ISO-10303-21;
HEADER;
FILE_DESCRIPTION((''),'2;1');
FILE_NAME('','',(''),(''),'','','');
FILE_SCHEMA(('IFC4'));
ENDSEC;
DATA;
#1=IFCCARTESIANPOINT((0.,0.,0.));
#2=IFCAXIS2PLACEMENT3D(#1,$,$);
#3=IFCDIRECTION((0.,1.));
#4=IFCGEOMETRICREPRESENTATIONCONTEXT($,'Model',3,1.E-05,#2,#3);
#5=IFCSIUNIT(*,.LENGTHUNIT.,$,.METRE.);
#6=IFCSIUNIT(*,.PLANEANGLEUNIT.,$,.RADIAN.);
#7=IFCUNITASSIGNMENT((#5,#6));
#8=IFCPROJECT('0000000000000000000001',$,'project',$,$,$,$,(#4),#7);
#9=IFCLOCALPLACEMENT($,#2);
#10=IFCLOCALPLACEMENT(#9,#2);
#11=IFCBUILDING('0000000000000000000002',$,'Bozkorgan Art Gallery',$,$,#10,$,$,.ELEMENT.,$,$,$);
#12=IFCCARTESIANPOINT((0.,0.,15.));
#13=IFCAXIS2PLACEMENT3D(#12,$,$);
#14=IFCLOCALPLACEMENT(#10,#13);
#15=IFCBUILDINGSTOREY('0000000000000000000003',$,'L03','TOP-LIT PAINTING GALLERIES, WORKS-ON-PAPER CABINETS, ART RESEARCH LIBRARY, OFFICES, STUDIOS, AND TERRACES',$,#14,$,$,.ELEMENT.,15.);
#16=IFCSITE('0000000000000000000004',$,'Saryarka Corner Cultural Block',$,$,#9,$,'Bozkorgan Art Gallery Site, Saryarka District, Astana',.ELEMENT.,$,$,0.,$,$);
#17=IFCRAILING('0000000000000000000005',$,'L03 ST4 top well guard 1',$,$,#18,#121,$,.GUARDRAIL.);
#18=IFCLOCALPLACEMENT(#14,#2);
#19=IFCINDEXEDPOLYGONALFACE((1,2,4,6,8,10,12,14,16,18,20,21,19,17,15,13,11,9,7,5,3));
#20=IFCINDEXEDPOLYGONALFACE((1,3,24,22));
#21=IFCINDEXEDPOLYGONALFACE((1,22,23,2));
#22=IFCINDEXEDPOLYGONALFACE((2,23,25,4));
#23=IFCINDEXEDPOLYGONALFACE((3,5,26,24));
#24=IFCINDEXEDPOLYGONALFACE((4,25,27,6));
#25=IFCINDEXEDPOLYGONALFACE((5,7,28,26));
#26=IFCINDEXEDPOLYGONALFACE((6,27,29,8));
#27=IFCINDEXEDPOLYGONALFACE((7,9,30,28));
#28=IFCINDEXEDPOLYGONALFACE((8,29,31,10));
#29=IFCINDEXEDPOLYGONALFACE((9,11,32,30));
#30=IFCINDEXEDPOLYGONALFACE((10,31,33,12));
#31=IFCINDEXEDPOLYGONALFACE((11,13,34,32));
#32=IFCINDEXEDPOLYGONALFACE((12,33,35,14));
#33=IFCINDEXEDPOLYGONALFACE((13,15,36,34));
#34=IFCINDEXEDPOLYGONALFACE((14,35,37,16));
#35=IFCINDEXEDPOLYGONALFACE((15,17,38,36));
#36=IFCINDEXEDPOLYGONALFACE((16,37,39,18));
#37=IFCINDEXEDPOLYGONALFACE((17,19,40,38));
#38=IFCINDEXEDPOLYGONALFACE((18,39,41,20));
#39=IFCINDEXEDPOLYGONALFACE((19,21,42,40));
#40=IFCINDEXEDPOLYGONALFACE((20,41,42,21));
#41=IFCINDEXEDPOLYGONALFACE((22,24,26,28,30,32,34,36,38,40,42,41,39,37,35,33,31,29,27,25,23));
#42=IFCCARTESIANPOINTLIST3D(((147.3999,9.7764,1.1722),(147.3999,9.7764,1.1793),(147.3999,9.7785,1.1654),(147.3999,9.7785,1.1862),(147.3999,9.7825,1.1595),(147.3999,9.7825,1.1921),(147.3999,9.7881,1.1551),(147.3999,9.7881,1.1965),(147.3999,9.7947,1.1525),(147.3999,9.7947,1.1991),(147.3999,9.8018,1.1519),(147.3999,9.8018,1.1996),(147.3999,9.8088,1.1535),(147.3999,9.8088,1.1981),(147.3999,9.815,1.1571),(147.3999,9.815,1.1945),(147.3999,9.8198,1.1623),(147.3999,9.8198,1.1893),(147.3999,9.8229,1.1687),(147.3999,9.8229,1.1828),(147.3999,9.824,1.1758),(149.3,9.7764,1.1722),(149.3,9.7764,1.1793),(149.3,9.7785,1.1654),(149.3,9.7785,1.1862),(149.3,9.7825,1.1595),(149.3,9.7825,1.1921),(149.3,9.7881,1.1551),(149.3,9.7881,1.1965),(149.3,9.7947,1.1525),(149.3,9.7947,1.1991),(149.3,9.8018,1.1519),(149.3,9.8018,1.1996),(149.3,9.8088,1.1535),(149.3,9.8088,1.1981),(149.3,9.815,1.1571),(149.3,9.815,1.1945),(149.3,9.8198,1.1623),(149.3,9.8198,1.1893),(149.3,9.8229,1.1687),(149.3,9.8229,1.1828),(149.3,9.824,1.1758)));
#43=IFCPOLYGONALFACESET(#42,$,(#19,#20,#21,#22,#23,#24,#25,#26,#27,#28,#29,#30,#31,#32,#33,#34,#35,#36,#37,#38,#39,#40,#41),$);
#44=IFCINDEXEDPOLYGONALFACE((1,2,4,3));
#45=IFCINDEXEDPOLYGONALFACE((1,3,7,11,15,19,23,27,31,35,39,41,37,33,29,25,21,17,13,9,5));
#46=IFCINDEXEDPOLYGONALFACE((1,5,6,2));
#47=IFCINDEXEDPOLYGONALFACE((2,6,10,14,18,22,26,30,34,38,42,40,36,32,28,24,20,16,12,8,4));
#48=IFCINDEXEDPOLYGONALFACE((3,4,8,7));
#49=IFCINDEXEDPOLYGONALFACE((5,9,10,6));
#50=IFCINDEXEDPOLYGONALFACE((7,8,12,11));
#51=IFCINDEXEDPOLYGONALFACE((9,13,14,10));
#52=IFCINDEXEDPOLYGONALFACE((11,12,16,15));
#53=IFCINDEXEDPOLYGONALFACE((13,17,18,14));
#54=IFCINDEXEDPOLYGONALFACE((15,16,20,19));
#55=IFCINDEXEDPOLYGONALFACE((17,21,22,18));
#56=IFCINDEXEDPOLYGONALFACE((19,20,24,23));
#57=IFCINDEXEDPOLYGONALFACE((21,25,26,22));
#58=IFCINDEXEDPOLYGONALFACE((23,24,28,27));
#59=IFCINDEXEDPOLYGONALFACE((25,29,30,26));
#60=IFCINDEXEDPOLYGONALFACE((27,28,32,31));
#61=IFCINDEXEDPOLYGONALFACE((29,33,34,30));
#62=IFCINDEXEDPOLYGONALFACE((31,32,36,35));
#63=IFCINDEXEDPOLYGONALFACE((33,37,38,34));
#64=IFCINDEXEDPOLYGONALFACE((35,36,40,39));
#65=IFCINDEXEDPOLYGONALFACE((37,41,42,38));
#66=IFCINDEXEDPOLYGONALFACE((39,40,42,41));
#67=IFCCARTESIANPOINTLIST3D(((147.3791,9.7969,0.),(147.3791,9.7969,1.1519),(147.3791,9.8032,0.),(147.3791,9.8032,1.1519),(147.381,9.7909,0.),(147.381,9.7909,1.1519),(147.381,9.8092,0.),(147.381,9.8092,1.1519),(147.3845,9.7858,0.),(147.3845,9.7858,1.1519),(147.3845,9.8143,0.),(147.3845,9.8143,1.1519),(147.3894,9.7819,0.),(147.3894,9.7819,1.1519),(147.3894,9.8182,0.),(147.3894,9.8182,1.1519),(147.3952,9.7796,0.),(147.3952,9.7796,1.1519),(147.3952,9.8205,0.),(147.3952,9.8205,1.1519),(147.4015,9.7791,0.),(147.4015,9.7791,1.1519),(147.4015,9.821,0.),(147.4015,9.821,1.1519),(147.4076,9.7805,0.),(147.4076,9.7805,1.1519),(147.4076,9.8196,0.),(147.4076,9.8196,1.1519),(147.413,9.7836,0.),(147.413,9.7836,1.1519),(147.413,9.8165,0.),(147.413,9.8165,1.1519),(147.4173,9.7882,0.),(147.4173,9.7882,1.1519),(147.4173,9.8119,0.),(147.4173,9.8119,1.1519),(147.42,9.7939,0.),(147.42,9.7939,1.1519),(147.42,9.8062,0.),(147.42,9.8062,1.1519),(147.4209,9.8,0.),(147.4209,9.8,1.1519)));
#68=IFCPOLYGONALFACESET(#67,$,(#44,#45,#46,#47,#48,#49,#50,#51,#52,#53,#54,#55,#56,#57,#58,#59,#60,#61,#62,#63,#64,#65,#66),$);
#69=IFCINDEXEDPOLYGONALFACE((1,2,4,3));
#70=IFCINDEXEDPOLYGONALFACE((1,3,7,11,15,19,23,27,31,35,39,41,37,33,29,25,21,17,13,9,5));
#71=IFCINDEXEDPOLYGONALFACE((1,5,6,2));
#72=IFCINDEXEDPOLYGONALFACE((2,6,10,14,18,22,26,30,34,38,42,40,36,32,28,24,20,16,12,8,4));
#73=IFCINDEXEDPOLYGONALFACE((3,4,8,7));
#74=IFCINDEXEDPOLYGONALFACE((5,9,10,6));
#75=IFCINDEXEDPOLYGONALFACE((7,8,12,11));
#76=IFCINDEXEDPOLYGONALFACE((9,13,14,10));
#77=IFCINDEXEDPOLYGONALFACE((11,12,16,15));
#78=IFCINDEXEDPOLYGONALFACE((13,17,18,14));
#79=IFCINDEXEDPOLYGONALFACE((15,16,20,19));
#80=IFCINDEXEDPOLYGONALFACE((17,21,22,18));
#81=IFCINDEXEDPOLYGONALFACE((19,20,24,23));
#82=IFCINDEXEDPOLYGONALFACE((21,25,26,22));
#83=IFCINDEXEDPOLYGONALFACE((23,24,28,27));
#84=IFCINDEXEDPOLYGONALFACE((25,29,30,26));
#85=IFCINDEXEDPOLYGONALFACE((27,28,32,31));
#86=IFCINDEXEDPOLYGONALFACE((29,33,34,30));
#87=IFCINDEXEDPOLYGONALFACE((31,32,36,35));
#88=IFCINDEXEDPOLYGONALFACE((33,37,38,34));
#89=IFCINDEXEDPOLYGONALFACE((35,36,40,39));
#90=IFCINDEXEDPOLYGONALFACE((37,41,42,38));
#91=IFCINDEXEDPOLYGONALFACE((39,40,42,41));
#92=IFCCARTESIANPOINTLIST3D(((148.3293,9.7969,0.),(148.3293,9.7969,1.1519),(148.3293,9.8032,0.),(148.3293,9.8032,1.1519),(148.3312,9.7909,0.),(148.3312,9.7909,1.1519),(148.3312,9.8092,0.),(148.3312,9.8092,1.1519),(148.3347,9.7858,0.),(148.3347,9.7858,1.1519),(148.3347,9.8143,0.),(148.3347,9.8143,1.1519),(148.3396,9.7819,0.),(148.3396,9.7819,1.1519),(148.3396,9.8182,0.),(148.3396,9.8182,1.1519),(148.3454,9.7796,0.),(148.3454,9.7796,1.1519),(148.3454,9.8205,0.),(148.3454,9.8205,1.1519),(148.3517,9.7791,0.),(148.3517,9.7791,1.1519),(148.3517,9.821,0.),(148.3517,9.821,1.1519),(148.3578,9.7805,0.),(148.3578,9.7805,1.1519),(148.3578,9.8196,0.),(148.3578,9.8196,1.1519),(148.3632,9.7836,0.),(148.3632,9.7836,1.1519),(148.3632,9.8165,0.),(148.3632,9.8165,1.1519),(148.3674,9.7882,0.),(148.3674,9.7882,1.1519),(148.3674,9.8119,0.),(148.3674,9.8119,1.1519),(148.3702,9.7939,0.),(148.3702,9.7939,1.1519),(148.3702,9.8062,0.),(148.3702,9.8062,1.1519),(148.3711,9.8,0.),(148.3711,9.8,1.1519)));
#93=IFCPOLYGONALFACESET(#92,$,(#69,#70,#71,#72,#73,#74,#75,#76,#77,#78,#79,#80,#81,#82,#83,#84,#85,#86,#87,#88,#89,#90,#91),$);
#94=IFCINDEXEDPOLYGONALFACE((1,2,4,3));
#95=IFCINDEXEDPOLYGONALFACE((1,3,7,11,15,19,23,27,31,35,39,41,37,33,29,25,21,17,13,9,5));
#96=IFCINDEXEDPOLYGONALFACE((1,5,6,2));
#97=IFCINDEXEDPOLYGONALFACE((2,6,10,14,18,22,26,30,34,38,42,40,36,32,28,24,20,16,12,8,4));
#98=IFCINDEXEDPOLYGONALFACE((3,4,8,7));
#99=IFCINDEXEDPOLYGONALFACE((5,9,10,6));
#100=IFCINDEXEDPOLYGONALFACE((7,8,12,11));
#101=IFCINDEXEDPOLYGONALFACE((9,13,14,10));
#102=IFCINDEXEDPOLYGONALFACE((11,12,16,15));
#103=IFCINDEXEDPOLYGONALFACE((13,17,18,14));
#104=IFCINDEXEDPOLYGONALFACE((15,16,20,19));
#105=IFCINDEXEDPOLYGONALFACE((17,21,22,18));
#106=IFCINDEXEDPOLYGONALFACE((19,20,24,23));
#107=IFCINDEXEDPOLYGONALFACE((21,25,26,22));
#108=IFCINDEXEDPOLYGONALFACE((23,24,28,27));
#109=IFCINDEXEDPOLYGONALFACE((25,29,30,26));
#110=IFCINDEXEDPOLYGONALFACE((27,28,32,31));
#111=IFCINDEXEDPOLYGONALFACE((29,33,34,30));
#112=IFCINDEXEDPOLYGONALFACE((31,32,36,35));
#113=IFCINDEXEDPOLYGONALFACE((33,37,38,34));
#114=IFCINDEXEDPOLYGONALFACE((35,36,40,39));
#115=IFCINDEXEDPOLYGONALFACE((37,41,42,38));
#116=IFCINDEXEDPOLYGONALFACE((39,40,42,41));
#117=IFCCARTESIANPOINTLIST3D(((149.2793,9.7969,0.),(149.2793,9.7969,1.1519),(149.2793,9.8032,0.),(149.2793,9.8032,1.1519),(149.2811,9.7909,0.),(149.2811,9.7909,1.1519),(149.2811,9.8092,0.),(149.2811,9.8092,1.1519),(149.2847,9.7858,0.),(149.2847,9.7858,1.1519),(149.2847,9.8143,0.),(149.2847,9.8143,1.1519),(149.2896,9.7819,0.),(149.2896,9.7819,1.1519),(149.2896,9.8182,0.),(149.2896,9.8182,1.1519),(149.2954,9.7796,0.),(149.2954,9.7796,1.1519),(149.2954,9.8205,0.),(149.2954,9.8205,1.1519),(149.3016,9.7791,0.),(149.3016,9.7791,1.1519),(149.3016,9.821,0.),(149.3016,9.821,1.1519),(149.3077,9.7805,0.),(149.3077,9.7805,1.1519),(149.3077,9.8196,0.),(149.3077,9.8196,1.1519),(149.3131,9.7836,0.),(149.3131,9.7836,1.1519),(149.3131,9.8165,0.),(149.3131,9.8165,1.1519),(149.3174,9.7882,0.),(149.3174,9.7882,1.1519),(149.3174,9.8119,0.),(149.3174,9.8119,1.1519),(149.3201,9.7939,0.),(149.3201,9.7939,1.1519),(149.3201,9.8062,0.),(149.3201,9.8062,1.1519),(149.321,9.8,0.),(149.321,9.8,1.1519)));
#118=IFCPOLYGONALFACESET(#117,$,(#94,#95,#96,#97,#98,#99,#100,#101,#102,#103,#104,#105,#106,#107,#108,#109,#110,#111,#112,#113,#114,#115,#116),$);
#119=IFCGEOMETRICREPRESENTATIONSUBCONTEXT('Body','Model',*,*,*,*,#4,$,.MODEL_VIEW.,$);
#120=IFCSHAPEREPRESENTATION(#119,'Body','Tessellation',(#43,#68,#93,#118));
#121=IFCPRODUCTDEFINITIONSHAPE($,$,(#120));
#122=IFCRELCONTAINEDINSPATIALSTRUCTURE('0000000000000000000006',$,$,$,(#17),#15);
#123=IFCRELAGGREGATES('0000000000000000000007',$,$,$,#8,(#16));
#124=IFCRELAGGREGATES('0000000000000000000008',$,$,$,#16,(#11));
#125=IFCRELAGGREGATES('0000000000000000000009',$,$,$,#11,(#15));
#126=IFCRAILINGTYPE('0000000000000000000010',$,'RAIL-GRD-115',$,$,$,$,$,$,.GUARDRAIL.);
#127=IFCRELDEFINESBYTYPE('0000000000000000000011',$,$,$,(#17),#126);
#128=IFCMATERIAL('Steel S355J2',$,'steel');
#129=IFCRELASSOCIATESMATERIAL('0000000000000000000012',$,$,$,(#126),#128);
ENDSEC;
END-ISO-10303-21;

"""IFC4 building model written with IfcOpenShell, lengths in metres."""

from ifc_helpers import new_model, si_unit, direction, frame, origin, origin_2d, place, context, subcontext, project, spatial, circle, extrude, material, type_object, element, save


model = new_model("IFC4")

# Units and contexts
model_context = context("Model", 3, precision=1e-05, world=origin(), true_north=direction((0.0, 1.0)))
body_context = subcontext(model_context, "Body", "Model", "MODEL_VIEW")
ifc_project = project(units=[si_unit("LENGTHUNIT", "METRE"), si_unit("PLANEANGLEUNIT", "RADIAN")], contexts=[model_context])

# Site, building, storey
site_placement = place(None, origin())
site = spatial("IfcSite", under=ifc_project, at=site_placement, Name="Saryarka Corner Cultural Block", LongName="Bozkorgan Art Gallery Site, Saryarka District, Astana", CompositionType="ELEMENT", RefElevation=0.0)
building_placement = place(site_placement, origin())
building = spatial("IfcBuilding", under=site, at=building_placement, Name="Bozkorgan Art Gallery", CompositionType="ELEMENT")
storey_placement = place(building_placement, frame((0.0, 0.0, 15.0)))
storey = spatial("IfcBuildingStorey", under=building, at=storey_placement, Name="L03", Description="TOP-LIT PAINTING GALLERIES, WORKS-ON-PAPER CABINETS, ART RESEARCH LIBRARY, OFFICES, STUDIOS, AND TERRACES", CompositionType="ELEMENT", Elevation=15.0)

# Shared definitions
ifc_material_1 = material(Name="Steel S355J2", Category="steel")

# Railing
railing_type_1 = type_object("IfcRailingType", Name="RAIL-GRD-115", PredefinedType="GUARDRAIL", material=ifc_material_1)
railing_1_placement = place(storey_placement, frame((147.3999, 9.8, 0.0)))
element("IfcRailing", 1, at=railing_1_placement, inside=storey, type_object=railing_type_1, Name="L03 ST4 top well guard 1", PredefinedType="GUARDRAIL", context=body_context, shape_type="SweptSolid", body=[
    extrude(circle(Radius=0.0239, at=origin_2d()), frame((0.0, 0.0, 1.1758), z_axis=(1.0, 0.0, 0.0), x_axis=(0.0, 1.0, 0.0)), (0.0, 0.0, 1.0), 1.9001),
    extrude(circle(Radius=0.021, at=origin_2d()), origin(), (0.0, 0.0, 1.0), 1.1519),
    extrude(circle(Radius=0.021, at=origin_2d()), frame((0.9502, 0.0, 0.0)), (0.0, 0.0, 1.0), 1.1519),
    extrude(circle(Radius=0.021, at=origin_2d()), frame((1.9001, 0.0, 0.0)), (0.0, 0.0, 1.0), 1.1519),
])

save(model, "model.ifc")
